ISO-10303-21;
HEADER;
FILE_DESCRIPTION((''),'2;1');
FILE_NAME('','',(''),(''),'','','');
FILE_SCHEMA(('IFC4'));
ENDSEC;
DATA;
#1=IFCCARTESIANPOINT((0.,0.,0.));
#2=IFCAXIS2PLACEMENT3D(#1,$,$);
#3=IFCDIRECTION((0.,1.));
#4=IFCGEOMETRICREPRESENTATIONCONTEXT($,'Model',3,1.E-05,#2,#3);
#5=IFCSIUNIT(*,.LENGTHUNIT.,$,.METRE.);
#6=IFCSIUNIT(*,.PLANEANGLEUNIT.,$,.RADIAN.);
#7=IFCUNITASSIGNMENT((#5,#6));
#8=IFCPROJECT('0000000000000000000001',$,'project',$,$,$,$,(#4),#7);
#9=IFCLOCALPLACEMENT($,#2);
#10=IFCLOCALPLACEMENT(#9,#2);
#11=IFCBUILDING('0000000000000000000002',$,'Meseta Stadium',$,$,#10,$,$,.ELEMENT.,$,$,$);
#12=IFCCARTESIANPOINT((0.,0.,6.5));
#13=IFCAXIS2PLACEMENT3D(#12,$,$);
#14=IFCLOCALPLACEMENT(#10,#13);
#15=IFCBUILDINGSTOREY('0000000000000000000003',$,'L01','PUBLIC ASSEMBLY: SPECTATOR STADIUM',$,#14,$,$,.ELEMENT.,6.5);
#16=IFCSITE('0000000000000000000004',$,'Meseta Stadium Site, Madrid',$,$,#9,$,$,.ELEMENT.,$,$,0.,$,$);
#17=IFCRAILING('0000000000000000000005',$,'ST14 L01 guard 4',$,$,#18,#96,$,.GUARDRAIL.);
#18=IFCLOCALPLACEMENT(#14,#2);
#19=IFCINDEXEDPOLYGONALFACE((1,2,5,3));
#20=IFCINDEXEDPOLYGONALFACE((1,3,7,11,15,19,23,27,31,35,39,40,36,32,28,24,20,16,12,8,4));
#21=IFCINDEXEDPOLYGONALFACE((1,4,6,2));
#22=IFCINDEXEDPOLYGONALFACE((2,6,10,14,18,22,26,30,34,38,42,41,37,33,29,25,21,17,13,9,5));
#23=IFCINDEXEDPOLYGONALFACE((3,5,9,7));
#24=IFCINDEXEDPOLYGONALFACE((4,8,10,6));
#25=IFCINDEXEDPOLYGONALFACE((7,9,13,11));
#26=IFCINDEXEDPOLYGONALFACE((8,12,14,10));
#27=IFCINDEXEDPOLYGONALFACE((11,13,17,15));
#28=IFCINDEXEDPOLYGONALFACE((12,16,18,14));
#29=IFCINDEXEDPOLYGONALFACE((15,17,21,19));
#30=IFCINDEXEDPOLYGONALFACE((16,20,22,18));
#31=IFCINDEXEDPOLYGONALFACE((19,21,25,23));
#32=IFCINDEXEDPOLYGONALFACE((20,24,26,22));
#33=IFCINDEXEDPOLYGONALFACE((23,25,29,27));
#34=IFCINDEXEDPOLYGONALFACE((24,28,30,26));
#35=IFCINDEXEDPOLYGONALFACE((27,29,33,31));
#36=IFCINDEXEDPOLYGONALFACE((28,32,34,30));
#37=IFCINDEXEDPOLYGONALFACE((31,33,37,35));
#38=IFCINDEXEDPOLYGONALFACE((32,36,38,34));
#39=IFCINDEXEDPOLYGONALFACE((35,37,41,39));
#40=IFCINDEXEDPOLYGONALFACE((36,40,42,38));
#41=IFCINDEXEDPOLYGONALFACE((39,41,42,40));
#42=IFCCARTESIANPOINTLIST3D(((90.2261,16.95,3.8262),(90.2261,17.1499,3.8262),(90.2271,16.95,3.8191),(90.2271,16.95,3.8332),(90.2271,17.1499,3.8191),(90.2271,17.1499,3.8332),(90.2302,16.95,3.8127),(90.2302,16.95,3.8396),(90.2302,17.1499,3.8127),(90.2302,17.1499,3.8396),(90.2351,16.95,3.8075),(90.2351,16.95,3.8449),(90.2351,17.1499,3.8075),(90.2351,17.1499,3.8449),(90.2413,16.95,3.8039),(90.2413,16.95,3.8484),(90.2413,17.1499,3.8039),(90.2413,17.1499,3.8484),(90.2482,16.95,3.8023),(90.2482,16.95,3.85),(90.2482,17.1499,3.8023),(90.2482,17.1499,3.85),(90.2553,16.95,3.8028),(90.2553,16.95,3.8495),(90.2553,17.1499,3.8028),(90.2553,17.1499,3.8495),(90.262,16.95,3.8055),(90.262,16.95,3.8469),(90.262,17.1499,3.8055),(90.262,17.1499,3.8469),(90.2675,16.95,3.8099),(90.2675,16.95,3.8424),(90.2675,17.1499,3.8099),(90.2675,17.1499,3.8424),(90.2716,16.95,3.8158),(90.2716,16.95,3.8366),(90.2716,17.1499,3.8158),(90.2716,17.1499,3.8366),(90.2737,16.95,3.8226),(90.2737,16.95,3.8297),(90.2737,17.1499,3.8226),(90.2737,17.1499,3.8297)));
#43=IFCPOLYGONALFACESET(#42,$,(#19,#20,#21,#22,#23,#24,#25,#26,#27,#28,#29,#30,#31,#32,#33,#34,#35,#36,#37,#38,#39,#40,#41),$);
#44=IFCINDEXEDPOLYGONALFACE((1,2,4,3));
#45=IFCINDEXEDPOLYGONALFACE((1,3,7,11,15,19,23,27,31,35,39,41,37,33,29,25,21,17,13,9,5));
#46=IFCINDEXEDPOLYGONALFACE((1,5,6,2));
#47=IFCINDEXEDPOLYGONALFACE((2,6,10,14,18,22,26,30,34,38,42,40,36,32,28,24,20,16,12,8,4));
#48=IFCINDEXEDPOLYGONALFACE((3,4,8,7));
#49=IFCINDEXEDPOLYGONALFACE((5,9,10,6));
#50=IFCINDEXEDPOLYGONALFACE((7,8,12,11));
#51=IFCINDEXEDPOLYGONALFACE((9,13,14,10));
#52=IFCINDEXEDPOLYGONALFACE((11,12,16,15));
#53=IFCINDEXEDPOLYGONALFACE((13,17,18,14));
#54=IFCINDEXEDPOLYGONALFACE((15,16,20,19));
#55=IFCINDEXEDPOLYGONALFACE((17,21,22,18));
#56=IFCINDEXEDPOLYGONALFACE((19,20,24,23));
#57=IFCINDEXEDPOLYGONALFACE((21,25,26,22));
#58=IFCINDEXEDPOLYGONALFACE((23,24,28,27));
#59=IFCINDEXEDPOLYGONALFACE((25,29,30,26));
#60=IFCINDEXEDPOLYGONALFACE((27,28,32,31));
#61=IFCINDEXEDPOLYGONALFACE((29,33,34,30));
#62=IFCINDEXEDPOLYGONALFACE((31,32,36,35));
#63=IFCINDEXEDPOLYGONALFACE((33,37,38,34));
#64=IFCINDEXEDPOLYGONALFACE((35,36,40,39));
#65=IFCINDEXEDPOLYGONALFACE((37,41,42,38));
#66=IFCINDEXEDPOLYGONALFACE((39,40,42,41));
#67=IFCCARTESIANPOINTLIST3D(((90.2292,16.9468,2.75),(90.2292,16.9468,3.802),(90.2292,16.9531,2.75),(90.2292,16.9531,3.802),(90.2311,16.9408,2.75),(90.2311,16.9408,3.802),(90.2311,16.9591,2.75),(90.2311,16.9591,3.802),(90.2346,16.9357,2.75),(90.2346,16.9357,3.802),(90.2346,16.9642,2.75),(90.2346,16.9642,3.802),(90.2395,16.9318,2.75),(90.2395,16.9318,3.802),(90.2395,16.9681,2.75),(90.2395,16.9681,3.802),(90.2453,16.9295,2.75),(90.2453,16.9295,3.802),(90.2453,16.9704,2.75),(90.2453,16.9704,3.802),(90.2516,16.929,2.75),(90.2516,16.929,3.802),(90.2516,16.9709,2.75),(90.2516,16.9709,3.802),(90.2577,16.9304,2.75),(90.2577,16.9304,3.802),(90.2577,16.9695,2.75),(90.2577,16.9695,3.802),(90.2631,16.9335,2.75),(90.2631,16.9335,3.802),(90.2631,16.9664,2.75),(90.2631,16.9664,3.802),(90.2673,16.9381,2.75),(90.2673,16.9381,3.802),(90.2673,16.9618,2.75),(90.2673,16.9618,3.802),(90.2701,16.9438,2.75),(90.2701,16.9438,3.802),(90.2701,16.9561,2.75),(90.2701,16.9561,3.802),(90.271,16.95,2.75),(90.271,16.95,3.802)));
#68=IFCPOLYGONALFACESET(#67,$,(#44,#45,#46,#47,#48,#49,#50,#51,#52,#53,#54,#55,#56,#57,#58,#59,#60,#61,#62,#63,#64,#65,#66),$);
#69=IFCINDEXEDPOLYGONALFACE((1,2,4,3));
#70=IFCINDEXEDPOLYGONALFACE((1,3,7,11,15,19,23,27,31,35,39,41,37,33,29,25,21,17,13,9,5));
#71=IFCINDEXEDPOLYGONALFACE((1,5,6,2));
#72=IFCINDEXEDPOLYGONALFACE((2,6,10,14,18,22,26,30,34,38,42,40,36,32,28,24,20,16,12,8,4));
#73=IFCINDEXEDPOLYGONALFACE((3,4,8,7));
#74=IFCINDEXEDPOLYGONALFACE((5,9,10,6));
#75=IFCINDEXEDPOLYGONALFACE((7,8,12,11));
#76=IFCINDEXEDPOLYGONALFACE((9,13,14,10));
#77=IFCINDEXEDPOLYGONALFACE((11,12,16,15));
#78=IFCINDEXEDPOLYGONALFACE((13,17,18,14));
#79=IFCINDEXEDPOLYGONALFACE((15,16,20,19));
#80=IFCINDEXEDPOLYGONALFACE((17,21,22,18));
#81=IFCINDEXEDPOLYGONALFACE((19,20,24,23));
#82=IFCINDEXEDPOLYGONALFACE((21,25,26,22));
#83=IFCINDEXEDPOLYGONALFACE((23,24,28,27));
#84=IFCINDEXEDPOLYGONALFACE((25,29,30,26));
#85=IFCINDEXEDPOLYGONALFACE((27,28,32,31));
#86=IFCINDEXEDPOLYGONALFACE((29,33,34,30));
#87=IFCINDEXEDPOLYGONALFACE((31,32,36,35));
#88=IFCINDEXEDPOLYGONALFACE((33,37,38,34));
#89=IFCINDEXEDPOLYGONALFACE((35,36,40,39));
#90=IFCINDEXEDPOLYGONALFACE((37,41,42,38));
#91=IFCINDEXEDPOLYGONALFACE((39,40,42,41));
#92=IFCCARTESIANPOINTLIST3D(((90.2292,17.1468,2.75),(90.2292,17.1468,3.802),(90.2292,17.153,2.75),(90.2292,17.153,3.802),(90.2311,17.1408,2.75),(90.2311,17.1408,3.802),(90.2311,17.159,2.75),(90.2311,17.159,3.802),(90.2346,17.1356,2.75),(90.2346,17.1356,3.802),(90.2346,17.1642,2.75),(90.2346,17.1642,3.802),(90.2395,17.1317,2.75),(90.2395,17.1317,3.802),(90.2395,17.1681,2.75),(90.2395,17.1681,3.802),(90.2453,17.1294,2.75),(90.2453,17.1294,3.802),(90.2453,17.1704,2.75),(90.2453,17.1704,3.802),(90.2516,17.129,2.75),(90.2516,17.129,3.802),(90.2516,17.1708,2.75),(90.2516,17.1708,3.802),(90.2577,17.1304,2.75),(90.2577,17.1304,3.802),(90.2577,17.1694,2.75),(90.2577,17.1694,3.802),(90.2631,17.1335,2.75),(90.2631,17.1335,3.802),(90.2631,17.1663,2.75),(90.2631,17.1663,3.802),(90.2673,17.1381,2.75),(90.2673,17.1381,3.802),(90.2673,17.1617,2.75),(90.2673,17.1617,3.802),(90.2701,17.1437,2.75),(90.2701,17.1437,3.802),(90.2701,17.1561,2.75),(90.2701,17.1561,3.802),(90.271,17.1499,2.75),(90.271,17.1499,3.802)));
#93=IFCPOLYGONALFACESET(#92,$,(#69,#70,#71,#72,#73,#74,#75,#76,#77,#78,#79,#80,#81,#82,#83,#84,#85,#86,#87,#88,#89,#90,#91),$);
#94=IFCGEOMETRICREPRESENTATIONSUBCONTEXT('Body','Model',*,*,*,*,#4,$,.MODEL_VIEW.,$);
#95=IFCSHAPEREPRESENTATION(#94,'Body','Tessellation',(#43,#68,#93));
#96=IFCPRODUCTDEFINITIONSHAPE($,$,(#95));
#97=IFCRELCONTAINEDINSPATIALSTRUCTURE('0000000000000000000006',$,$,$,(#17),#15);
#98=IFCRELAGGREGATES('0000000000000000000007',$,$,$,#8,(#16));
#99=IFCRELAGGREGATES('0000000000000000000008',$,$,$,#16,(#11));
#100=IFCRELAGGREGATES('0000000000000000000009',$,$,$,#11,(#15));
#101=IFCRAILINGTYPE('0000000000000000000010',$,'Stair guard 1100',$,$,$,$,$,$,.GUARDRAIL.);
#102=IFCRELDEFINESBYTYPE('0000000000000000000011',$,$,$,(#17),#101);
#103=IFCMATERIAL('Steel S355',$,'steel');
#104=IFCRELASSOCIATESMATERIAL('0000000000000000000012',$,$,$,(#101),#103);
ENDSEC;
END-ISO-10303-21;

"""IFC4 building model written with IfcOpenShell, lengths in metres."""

from ifc_helpers import new_model, si_unit, direction, frame, origin, origin_2d, place, context, subcontext, project, spatial, circle, extrude, material, type_object, element, save


model = new_model("IFC4")

# Units and contexts
model_context = context("Model", 3, precision=1e-05, world=origin(), true_north=direction((0.0, 1.0)))
body_context = subcontext(model_context, "Body", "Model", "MODEL_VIEW")
ifc_project = project(units=[si_unit("LENGTHUNIT", "METRE"), si_unit("PLANEANGLEUNIT", "RADIAN")], contexts=[model_context])

# Site, building, storey
site_placement = place(None, origin())
site = spatial("IfcSite", under=ifc_project, at=site_placement, Name="Meseta Stadium Site, Madrid", CompositionType="ELEMENT", RefElevation=0.0)
building_placement = place(site_placement, origin())
building = spatial("IfcBuilding", under=site, at=building_placement, Name="Meseta Stadium", CompositionType="ELEMENT")
storey_placement = place(building_placement, frame((0.0, 0.0, 6.5)))
storey = spatial("IfcBuildingStorey", under=building, at=storey_placement, Name="L01", Description="PUBLIC ASSEMBLY: SPECTATOR STADIUM", CompositionType="ELEMENT", Elevation=6.5)

# Railing
ifc_material_1 = material(Name="Steel S355", Category="steel")
railing_type_1 = type_object("IfcRailingType", Name="Stair guard 1100", PredefinedType="GUARDRAIL", material=ifc_material_1)
railing_1_placement = place(storey_placement, frame((90.25, 16.95, 2.75)))
element("IfcRailing", 1, at=railing_1_placement, inside=storey, type_object=railing_type_1, Name="ST14 L01 guard 4", PredefinedType="GUARDRAIL", context=body_context, shape_type="SweptSolid", body=[
    extrude(circle(Radius=0.0239, at=origin_2d()), frame((0.0, 0.0, 1.0762), z_axis=(0.0, 1.0, 0.0), x_axis=(-1.0, 0.0, 0.0)), (0.0, 0.0, 1.0), 0.2),
    extrude(circle(Radius=0.021, at=origin_2d()), origin(), (0.0, 0.0, 1.0), 1.052),
    extrude(circle(Radius=0.021, at=origin_2d()), frame((0.0, 0.2, 0.0)), (0.0, 0.0, 1.0), 1.052),
])

save(model, "model.ifc")
